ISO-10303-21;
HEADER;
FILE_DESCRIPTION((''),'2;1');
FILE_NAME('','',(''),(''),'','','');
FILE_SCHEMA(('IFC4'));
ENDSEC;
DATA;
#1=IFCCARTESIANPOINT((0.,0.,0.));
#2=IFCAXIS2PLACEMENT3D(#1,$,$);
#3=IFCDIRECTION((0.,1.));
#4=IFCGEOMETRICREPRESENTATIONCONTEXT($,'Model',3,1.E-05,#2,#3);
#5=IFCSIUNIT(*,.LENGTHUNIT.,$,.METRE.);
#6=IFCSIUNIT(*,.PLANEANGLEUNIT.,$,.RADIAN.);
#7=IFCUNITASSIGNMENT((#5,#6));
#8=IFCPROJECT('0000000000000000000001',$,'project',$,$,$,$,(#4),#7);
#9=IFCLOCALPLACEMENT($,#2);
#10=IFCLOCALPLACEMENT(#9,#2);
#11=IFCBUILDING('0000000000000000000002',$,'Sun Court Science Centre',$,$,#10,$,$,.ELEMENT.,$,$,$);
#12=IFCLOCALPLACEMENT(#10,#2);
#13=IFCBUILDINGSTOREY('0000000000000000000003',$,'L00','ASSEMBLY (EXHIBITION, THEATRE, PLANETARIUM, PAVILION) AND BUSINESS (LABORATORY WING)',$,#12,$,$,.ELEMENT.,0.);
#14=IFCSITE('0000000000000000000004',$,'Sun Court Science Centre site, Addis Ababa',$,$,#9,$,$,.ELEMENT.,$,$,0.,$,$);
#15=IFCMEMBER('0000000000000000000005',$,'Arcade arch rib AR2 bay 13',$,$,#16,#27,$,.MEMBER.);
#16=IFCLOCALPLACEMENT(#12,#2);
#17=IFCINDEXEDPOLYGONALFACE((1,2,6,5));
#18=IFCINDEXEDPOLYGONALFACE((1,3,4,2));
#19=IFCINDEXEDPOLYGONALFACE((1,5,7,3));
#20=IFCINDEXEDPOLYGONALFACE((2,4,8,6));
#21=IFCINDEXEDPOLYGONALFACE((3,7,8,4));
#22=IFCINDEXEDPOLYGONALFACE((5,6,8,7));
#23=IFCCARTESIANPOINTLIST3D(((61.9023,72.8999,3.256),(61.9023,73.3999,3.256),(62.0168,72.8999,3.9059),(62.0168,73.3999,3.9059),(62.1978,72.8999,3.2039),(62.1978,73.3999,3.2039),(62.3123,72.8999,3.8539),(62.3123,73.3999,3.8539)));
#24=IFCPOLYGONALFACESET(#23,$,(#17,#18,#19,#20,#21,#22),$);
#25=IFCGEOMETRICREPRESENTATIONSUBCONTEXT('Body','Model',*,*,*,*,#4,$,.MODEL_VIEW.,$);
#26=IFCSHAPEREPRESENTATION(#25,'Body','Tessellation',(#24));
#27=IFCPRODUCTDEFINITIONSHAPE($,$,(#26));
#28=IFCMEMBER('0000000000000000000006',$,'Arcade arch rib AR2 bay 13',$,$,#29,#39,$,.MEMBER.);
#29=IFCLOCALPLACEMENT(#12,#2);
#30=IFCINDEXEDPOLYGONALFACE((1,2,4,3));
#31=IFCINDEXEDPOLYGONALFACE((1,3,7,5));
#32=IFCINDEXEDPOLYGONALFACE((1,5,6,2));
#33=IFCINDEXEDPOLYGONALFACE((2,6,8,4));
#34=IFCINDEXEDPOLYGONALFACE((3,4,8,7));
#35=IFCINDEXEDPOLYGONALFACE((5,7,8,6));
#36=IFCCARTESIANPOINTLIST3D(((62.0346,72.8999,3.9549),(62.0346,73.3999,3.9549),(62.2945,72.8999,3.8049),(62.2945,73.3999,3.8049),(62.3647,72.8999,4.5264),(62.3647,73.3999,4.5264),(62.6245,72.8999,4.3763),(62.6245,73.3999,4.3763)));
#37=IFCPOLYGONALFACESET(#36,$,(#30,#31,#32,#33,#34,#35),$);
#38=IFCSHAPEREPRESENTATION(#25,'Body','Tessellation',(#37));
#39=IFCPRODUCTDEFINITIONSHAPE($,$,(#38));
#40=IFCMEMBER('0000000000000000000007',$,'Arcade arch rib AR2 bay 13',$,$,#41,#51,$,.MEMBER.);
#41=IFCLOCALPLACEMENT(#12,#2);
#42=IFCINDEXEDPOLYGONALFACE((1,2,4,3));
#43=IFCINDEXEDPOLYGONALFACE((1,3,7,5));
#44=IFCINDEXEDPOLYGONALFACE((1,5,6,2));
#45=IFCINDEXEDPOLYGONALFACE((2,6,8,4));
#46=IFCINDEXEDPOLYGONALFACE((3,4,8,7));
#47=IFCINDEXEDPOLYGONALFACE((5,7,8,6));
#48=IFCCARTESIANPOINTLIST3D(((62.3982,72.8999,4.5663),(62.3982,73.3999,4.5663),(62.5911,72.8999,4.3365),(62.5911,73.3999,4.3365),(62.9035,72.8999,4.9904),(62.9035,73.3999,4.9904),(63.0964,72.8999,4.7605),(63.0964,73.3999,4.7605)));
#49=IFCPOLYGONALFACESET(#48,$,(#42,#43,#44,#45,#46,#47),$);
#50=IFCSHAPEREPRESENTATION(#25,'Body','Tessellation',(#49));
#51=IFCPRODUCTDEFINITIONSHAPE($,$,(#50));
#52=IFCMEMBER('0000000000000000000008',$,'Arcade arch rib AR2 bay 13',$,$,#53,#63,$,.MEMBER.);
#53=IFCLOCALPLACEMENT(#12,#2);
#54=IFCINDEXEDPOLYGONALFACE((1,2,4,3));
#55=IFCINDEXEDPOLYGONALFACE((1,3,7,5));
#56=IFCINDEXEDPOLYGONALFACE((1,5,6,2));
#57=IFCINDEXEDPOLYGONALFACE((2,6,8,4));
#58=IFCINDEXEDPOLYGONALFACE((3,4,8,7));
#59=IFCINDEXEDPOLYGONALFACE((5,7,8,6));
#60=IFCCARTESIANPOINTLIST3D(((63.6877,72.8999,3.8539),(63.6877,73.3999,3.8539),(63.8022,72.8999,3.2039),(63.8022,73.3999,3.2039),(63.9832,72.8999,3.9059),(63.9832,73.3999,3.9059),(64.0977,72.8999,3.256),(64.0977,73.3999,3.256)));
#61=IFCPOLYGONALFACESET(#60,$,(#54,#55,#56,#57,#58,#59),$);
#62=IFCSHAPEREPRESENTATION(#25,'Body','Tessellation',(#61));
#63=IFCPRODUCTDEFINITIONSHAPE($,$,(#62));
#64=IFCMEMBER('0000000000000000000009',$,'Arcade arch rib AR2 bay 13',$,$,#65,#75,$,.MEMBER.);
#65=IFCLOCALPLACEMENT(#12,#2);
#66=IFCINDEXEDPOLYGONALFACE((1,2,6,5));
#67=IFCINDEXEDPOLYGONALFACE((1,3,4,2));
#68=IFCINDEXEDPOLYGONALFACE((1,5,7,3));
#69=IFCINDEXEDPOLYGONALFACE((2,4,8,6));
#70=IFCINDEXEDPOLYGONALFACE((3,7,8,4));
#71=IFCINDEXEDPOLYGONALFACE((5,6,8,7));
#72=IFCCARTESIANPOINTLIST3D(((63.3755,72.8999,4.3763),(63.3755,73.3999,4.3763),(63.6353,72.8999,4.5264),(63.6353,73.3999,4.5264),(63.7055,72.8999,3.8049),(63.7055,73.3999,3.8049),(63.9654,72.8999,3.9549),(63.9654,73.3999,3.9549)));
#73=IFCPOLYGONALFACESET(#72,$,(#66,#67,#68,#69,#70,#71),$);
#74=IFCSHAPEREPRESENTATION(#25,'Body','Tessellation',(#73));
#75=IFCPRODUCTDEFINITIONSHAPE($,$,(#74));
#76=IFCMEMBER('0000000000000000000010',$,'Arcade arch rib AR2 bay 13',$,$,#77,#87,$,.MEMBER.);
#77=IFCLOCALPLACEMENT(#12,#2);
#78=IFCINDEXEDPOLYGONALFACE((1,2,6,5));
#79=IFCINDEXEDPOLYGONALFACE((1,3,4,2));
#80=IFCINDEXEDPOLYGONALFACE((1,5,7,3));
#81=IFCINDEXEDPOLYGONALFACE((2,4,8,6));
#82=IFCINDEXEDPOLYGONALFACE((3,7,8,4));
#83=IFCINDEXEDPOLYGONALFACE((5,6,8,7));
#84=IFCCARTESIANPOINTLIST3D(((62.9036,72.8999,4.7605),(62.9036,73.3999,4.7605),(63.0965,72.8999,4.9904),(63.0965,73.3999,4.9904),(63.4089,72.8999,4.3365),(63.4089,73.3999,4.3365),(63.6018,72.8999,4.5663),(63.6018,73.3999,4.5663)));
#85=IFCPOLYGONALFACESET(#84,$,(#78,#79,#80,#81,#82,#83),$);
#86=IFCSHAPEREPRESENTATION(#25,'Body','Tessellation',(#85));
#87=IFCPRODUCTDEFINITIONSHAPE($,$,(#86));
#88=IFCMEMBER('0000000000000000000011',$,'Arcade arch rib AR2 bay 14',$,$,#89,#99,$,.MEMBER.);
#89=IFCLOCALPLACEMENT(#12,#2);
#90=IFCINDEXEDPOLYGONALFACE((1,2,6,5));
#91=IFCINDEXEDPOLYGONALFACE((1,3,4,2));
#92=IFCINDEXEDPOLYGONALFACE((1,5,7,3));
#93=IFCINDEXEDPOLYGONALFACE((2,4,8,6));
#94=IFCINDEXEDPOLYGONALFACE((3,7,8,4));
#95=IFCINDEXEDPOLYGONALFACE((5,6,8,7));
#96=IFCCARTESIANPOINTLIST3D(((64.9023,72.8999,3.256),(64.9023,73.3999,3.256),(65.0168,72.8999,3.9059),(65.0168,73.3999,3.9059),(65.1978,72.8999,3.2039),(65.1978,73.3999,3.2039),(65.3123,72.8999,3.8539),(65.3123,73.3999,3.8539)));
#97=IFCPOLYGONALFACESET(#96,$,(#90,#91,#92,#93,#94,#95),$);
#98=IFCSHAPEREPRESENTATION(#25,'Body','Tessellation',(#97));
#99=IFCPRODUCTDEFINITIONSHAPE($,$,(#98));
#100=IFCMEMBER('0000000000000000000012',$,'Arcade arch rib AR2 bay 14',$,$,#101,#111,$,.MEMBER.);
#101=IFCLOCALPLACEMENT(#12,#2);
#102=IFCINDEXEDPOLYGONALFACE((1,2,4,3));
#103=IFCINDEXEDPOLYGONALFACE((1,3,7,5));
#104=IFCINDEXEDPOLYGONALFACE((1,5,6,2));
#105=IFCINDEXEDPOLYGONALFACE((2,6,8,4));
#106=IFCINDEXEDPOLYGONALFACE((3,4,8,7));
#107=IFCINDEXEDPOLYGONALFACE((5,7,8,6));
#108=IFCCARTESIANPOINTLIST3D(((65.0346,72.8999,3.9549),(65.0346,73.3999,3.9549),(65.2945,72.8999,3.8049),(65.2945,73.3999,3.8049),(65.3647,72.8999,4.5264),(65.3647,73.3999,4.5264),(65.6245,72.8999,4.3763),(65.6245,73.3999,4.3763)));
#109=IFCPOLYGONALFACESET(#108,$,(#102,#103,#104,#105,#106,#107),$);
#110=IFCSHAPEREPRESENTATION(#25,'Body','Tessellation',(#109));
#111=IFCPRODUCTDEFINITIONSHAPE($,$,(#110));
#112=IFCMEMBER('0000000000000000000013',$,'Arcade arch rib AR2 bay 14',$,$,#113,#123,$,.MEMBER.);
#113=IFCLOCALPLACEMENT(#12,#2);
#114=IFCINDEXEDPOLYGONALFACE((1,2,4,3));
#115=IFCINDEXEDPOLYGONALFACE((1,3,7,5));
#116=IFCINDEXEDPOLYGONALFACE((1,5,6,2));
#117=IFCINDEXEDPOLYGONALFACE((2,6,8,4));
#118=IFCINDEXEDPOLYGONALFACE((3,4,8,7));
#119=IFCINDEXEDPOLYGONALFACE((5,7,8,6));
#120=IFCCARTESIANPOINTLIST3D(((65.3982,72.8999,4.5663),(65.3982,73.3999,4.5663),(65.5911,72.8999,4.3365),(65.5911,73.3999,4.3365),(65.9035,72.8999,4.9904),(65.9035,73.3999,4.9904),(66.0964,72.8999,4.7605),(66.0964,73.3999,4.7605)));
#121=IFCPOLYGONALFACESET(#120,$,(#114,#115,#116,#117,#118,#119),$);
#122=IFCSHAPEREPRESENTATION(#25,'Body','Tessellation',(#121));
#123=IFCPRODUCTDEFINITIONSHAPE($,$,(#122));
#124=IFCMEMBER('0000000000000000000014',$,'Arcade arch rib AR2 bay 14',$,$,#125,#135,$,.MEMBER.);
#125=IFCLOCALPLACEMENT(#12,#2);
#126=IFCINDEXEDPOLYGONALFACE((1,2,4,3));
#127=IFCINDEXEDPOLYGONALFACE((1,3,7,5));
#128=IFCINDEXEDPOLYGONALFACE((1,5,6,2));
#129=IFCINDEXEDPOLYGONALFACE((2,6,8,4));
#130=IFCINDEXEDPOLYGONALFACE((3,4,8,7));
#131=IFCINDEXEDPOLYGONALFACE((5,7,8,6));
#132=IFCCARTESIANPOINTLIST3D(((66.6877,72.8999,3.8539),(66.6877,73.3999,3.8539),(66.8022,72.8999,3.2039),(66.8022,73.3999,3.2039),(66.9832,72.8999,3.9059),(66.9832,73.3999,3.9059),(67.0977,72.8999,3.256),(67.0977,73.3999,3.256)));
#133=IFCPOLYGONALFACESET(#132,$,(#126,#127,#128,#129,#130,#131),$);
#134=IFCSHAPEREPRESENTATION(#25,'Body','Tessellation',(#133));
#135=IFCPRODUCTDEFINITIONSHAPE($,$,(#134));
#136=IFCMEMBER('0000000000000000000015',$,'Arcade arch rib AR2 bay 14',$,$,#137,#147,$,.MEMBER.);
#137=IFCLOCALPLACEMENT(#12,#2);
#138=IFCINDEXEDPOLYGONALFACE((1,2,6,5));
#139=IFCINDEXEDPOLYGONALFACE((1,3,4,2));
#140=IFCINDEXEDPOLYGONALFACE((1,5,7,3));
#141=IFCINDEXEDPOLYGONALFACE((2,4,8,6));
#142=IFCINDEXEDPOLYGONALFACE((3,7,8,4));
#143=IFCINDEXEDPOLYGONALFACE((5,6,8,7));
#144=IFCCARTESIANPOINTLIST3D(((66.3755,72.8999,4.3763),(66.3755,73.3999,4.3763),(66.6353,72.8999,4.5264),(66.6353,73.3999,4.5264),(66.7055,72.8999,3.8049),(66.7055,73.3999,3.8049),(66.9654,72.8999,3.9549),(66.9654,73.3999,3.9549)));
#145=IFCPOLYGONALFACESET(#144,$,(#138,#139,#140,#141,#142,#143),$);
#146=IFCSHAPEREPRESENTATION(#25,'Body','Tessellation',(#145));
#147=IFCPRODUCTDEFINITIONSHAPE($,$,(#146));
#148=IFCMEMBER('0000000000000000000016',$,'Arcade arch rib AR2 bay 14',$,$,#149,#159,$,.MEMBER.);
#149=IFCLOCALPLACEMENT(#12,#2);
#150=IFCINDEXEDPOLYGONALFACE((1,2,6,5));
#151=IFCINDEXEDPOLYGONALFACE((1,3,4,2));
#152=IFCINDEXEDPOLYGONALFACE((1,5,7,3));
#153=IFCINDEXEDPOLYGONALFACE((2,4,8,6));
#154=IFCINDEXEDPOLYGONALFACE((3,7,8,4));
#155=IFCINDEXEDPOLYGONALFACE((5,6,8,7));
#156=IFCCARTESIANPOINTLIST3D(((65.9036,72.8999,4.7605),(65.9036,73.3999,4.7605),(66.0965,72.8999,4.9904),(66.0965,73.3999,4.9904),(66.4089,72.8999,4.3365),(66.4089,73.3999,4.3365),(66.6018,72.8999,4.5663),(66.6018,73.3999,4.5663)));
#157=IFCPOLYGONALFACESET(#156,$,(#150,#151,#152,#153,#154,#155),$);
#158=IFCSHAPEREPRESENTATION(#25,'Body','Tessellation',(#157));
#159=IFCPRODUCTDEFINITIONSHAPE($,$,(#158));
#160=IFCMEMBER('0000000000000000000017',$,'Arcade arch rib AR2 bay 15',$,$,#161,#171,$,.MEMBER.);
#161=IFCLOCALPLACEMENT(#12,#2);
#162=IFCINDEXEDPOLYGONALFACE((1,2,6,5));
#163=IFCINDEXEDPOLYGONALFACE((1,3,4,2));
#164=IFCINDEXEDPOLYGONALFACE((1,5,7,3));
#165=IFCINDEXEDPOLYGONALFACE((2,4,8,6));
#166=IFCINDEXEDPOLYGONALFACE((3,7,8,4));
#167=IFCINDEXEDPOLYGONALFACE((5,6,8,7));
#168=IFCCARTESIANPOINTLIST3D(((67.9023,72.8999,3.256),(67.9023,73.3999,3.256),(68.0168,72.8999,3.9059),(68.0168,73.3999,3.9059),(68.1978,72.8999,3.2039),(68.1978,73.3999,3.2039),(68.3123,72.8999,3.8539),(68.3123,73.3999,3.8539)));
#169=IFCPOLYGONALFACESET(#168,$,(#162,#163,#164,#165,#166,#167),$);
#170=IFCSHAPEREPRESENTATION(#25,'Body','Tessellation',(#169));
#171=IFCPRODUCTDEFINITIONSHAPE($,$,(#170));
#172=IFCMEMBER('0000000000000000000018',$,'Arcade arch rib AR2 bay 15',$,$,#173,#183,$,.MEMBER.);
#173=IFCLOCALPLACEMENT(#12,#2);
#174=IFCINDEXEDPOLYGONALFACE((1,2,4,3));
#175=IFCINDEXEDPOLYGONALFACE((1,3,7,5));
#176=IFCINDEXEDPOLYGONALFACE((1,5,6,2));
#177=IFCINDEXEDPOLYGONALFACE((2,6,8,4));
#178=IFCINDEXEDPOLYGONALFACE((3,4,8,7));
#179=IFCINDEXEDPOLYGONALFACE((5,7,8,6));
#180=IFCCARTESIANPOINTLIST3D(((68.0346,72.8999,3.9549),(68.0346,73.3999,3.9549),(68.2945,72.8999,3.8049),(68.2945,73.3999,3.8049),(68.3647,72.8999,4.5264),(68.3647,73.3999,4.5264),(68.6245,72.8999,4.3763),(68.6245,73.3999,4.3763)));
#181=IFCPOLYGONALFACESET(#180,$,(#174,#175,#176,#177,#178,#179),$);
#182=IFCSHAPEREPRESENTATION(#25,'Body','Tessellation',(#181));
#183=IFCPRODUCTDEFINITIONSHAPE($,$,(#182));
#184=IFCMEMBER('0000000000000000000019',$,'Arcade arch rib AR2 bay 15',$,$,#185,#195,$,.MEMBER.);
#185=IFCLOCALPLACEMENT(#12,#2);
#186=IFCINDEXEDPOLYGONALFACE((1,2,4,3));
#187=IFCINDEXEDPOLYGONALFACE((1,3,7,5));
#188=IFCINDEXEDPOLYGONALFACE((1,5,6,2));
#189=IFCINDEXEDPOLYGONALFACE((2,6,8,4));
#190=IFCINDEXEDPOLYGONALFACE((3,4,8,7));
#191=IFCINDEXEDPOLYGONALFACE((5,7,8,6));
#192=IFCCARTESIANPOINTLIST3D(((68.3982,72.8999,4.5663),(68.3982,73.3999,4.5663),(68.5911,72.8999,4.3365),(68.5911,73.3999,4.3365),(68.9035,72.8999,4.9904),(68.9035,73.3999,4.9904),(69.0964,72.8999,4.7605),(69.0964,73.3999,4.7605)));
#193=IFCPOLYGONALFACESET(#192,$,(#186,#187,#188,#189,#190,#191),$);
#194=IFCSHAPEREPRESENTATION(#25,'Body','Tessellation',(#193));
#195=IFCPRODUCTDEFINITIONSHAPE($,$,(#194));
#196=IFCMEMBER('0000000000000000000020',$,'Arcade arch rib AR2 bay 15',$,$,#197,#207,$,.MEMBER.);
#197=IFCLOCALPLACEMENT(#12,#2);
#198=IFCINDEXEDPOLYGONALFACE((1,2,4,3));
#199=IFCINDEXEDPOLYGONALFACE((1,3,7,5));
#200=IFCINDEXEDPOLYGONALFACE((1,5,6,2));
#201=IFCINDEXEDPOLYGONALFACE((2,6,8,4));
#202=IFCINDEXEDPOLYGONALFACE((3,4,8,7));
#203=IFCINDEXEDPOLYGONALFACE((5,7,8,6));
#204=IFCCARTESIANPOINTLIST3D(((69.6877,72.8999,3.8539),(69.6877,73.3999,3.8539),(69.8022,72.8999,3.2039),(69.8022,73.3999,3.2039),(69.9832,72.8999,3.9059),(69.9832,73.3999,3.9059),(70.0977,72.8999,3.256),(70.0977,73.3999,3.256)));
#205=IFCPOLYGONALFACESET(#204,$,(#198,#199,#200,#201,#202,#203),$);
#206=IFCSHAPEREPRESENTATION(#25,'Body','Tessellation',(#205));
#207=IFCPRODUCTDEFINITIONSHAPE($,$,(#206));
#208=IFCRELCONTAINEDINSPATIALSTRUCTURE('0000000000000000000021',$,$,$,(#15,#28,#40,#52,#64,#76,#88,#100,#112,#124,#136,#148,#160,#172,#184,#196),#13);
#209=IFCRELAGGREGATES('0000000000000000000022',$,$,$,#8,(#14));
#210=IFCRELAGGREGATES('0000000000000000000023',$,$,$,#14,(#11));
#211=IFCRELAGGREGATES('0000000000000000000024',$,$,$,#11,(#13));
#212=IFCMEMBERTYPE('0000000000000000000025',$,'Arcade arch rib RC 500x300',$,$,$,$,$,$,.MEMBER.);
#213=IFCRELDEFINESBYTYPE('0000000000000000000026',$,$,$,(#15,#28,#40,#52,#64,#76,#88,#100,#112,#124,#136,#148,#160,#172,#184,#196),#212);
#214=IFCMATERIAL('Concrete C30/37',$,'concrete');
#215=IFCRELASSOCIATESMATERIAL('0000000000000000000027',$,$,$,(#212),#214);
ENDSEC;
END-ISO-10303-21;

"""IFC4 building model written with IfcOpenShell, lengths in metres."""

from ifc_helpers import new_model, si_unit, direction, frame, origin, origin_2d, place, context, subcontext, project, spatial, rectangle, extrude, material, material_profile, profile_set, type_object, element, save


model = new_model("IFC4")

# Units and contexts
model_context = context("Model", 3, precision=1e-05, world=origin(), true_north=direction((0.0, 1.0)))
body_context = subcontext(model_context, "Body", "Model", "MODEL_VIEW")
ifc_project = project(units=[si_unit("LENGTHUNIT", "METRE"), si_unit("PLANEANGLEUNIT", "RADIAN")], contexts=[model_context])

# Site, building, storey
site_placement = place(None, origin())
site = spatial("IfcSite", under=ifc_project, at=site_placement, Name="Sun Court Science Centre site, Addis Ababa", CompositionType="ELEMENT", RefElevation=0.0)
building_placement = place(site_placement, origin())
building = spatial("IfcBuilding", under=site, at=building_placement, Name="Sun Court Science Centre", CompositionType="ELEMENT")
storey_placement = place(building_placement, origin())
storey = spatial("IfcBuildingStorey", under=building, at=storey_placement, Name="L00", Description="ASSEMBLY (EXHIBITION, THEATRE, PLANETARIUM, PAVILION) AND BUSINESS (LABORATORY WING)", CompositionType="ELEMENT", Elevation=0.0)

# Members
ifc_material_1 = material(Name="Concrete C30/37", Category="concrete")
ifc_material_profile_1 = material_profile(ifc_material_1, rectangle(XDim=0.5, YDim=0.3, at=origin_2d()), Name="RC 500x300")
ifc_profile_set_1 = profile_set([ifc_material_profile_1], Name="Concrete C30/37")
member_type_1 = type_object("IfcMemberType", Name="Arcade arch rib RC 500x300", PredefinedType="MEMBER", material=ifc_profile_set_1)
for number, where, z_axis, x_axis, name in (
    (1, (62.05, 73.1499, 3.23), (0.173511, 0.0, 0.984832), (0.0, 1.0, 0.0), "Arcade arch rib AR2 bay 13"),
    (2, (62.1646, 73.1499, 3.8799), (0.500117, 0.0, 0.865958), (0.0, 1.0, 0.0), "Arcade arch rib AR2 bay 13"),
):
    element("IfcMember", number, at=place(storey_placement, frame(where, z_axis=z_axis, x_axis=x_axis)), inside=storey, type_object=member_type_1, Name=name, PredefinedType="MEMBER", context=body_context, shape_type="SweptSolid", body=[
        extrude(rectangle(XDim=0.5, YDim=0.3, at=origin_2d()), origin(), (0.0, 0.0, 1.0), 0.6599),
    ])
member_1_placement = place(storey_placement, frame((62.4946, 73.1499, 4.4514), z_axis=(0.766033, 0.0, 0.642801), x_axis=(0.0, 1.0, 0.0)))
element("IfcMember", 3, at=member_1_placement, inside=storey, type_object=member_type_1, Name="Arcade arch rib AR2 bay 13", PredefinedType="MEMBER", context=body_context, shape_type="SweptSolid", body=[
    extrude(rectangle(XDim=0.5, YDim=0.3, at=origin_2d()), origin(), (0.0, 0.0, 1.0), 0.6597),
])
for number, where, z_axis, x_axis, name in (
    (4, (63.95, 73.1499, 3.23), (-0.173511, 0.0, 0.984832), (0.0, -1.0, 0.0), "Arcade arch rib AR2 bay 13"),
    (5, (63.8354, 73.1499, 3.8799), (-0.500117, 0.0, 0.865958), (0.0, -1.0, 0.0), "Arcade arch rib AR2 bay 13"),
):
    element("IfcMember", number, at=place(storey_placement, frame(where, z_axis=z_axis, x_axis=x_axis)), inside=storey, type_object=member_type_1, Name=name, PredefinedType="MEMBER", context=body_context, shape_type="SweptSolid", body=[
        extrude(rectangle(XDim=0.5, YDim=0.3, at=origin_2d()), origin(), (0.0, 0.0, 1.0), 0.6599),
    ])
member_2_placement = place(storey_placement, frame((63.5054, 73.1499, 4.4514), z_axis=(-0.766033, 0.0, 0.642801), x_axis=(0.0, -1.0, 0.0)))
element("IfcMember", 6, at=member_2_placement, inside=storey, type_object=member_type_1, Name="Arcade arch rib AR2 bay 13", PredefinedType="MEMBER", context=body_context, shape_type="SweptSolid", body=[
    extrude(rectangle(XDim=0.5, YDim=0.3, at=origin_2d()), origin(), (0.0, 0.0, 1.0), 0.6597),
])
for number, where, z_axis, x_axis, name in (
    (7, (65.05, 73.1499, 3.23), (0.173511, 0.0, 0.984832), (0.0, 1.0, 0.0), "Arcade arch rib AR2 bay 14"),
    (8, (65.1646, 73.1499, 3.8799), (0.500117, 0.0, 0.865958), (0.0, 1.0, 0.0), "Arcade arch rib AR2 bay 14"),
):
    element("IfcMember", number, at=place(storey_placement, frame(where, z_axis=z_axis, x_axis=x_axis)), inside=storey, type_object=member_type_1, Name=name, PredefinedType="MEMBER", context=body_context, shape_type="SweptSolid", body=[
        extrude(rectangle(XDim=0.5, YDim=0.3, at=origin_2d()), origin(), (0.0, 0.0, 1.0), 0.6599),
    ])
member_3_placement = place(storey_placement, frame((65.4946, 73.1499, 4.4514), z_axis=(0.766033, 0.0, 0.642801), x_axis=(0.0, 1.0, 0.0)))
element("IfcMember", 9, at=member_3_placement, inside=storey, type_object=member_type_1, Name="Arcade arch rib AR2 bay 14", PredefinedType="MEMBER", context=body_context, shape_type="SweptSolid", body=[
    extrude(rectangle(XDim=0.5, YDim=0.3, at=origin_2d()), origin(), (0.0, 0.0, 1.0), 0.6597),
])
for number, where, z_axis, x_axis, name in (
    (10, (66.95, 73.1499, 3.23), (-0.173511, 0.0, 0.984832), (0.0, -1.0, 0.0), "Arcade arch rib AR2 bay 14"),
    (11, (66.8354, 73.1499, 3.8799), (-0.500117, 0.0, 0.865958), (0.0, -1.0, 0.0), "Arcade arch rib AR2 bay 14"),
):
    element("IfcMember", number, at=place(storey_placement, frame(where, z_axis=z_axis, x_axis=x_axis)), inside=storey, type_object=member_type_1, Name=name, PredefinedType="MEMBER", context=body_context, shape_type="SweptSolid", body=[
        extrude(rectangle(XDim=0.5, YDim=0.3, at=origin_2d()), origin(), (0.0, 0.0, 1.0), 0.6599),
    ])
member_4_placement = place(storey_placement, frame((66.5054, 73.1499, 4.4514), z_axis=(-0.766033, 0.0, 0.642801), x_axis=(0.0, -1.0, 0.0)))
element("IfcMember", 12, at=member_4_placement, inside=storey, type_object=member_type_1, Name="Arcade arch rib AR2 bay 14", PredefinedType="MEMBER", context=body_context, shape_type="SweptSolid", body=[
    extrude(rectangle(XDim=0.5, YDim=0.3, at=origin_2d()), origin(), (0.0, 0.0, 1.0), 0.6597),
])
for number, where, z_axis, x_axis, name in (
    (13, (68.05, 73.1499, 3.23), (0.173511, 0.0, 0.984832), (0.0, 1.0, 0.0), "Arcade arch rib AR2 bay 15"),
    (14, (68.1646, 73.1499, 3.8799), (0.500117, 0.0, 0.865958), (0.0, 1.0, 0.0), "Arcade arch rib AR2 bay 15"),
):
    element("IfcMember", number, at=place(storey_placement, frame(where, z_axis=z_axis, x_axis=x_axis)), inside=storey, type_object=member_type_1, Name=name, PredefinedType="MEMBER", context=body_context, shape_type="SweptSolid", body=[
        extrude(rectangle(XDim=0.5, YDim=0.3, at=origin_2d()), origin(), (0.0, 0.0, 1.0), 0.6599),
    ])
member_5_placement = place(storey_placement, frame((68.4946, 73.1499, 4.4514), z_axis=(0.766033, 0.0, 0.642801), x_axis=(0.0, 1.0, 0.0)))
element("IfcMember", 15, at=member_5_placement, inside=storey, type_object=member_type_1, Name="Arcade arch rib AR2 bay 15", PredefinedType="MEMBER", context=body_context, shape_type="SweptSolid", body=[
    extrude(rectangle(XDim=0.5, YDim=0.3, at=origin_2d()), origin(), (0.0, 0.0, 1.0), 0.6597),
])
for number, where, z_axis, x_axis, name in (
    (16, (69.95, 73.1499, 3.23), (-0.173511, 0.0, 0.984832), (0.0, -1.0, 0.0), "Arcade arch rib AR2 bay 15"),
):
    element("IfcMember", number, at=place(storey_placement, frame(where, z_axis=z_axis, x_axis=x_axis)), inside=storey, type_object=member_type_1, Name=name, PredefinedType="MEMBER", context=body_context, shape_type="SweptSolid", body=[
        extrude(rectangle(XDim=0.5, YDim=0.3, at=origin_2d()), origin(), (0.0, 0.0, 1.0), 0.6599),
    ])

save(model, "model.ifc")
